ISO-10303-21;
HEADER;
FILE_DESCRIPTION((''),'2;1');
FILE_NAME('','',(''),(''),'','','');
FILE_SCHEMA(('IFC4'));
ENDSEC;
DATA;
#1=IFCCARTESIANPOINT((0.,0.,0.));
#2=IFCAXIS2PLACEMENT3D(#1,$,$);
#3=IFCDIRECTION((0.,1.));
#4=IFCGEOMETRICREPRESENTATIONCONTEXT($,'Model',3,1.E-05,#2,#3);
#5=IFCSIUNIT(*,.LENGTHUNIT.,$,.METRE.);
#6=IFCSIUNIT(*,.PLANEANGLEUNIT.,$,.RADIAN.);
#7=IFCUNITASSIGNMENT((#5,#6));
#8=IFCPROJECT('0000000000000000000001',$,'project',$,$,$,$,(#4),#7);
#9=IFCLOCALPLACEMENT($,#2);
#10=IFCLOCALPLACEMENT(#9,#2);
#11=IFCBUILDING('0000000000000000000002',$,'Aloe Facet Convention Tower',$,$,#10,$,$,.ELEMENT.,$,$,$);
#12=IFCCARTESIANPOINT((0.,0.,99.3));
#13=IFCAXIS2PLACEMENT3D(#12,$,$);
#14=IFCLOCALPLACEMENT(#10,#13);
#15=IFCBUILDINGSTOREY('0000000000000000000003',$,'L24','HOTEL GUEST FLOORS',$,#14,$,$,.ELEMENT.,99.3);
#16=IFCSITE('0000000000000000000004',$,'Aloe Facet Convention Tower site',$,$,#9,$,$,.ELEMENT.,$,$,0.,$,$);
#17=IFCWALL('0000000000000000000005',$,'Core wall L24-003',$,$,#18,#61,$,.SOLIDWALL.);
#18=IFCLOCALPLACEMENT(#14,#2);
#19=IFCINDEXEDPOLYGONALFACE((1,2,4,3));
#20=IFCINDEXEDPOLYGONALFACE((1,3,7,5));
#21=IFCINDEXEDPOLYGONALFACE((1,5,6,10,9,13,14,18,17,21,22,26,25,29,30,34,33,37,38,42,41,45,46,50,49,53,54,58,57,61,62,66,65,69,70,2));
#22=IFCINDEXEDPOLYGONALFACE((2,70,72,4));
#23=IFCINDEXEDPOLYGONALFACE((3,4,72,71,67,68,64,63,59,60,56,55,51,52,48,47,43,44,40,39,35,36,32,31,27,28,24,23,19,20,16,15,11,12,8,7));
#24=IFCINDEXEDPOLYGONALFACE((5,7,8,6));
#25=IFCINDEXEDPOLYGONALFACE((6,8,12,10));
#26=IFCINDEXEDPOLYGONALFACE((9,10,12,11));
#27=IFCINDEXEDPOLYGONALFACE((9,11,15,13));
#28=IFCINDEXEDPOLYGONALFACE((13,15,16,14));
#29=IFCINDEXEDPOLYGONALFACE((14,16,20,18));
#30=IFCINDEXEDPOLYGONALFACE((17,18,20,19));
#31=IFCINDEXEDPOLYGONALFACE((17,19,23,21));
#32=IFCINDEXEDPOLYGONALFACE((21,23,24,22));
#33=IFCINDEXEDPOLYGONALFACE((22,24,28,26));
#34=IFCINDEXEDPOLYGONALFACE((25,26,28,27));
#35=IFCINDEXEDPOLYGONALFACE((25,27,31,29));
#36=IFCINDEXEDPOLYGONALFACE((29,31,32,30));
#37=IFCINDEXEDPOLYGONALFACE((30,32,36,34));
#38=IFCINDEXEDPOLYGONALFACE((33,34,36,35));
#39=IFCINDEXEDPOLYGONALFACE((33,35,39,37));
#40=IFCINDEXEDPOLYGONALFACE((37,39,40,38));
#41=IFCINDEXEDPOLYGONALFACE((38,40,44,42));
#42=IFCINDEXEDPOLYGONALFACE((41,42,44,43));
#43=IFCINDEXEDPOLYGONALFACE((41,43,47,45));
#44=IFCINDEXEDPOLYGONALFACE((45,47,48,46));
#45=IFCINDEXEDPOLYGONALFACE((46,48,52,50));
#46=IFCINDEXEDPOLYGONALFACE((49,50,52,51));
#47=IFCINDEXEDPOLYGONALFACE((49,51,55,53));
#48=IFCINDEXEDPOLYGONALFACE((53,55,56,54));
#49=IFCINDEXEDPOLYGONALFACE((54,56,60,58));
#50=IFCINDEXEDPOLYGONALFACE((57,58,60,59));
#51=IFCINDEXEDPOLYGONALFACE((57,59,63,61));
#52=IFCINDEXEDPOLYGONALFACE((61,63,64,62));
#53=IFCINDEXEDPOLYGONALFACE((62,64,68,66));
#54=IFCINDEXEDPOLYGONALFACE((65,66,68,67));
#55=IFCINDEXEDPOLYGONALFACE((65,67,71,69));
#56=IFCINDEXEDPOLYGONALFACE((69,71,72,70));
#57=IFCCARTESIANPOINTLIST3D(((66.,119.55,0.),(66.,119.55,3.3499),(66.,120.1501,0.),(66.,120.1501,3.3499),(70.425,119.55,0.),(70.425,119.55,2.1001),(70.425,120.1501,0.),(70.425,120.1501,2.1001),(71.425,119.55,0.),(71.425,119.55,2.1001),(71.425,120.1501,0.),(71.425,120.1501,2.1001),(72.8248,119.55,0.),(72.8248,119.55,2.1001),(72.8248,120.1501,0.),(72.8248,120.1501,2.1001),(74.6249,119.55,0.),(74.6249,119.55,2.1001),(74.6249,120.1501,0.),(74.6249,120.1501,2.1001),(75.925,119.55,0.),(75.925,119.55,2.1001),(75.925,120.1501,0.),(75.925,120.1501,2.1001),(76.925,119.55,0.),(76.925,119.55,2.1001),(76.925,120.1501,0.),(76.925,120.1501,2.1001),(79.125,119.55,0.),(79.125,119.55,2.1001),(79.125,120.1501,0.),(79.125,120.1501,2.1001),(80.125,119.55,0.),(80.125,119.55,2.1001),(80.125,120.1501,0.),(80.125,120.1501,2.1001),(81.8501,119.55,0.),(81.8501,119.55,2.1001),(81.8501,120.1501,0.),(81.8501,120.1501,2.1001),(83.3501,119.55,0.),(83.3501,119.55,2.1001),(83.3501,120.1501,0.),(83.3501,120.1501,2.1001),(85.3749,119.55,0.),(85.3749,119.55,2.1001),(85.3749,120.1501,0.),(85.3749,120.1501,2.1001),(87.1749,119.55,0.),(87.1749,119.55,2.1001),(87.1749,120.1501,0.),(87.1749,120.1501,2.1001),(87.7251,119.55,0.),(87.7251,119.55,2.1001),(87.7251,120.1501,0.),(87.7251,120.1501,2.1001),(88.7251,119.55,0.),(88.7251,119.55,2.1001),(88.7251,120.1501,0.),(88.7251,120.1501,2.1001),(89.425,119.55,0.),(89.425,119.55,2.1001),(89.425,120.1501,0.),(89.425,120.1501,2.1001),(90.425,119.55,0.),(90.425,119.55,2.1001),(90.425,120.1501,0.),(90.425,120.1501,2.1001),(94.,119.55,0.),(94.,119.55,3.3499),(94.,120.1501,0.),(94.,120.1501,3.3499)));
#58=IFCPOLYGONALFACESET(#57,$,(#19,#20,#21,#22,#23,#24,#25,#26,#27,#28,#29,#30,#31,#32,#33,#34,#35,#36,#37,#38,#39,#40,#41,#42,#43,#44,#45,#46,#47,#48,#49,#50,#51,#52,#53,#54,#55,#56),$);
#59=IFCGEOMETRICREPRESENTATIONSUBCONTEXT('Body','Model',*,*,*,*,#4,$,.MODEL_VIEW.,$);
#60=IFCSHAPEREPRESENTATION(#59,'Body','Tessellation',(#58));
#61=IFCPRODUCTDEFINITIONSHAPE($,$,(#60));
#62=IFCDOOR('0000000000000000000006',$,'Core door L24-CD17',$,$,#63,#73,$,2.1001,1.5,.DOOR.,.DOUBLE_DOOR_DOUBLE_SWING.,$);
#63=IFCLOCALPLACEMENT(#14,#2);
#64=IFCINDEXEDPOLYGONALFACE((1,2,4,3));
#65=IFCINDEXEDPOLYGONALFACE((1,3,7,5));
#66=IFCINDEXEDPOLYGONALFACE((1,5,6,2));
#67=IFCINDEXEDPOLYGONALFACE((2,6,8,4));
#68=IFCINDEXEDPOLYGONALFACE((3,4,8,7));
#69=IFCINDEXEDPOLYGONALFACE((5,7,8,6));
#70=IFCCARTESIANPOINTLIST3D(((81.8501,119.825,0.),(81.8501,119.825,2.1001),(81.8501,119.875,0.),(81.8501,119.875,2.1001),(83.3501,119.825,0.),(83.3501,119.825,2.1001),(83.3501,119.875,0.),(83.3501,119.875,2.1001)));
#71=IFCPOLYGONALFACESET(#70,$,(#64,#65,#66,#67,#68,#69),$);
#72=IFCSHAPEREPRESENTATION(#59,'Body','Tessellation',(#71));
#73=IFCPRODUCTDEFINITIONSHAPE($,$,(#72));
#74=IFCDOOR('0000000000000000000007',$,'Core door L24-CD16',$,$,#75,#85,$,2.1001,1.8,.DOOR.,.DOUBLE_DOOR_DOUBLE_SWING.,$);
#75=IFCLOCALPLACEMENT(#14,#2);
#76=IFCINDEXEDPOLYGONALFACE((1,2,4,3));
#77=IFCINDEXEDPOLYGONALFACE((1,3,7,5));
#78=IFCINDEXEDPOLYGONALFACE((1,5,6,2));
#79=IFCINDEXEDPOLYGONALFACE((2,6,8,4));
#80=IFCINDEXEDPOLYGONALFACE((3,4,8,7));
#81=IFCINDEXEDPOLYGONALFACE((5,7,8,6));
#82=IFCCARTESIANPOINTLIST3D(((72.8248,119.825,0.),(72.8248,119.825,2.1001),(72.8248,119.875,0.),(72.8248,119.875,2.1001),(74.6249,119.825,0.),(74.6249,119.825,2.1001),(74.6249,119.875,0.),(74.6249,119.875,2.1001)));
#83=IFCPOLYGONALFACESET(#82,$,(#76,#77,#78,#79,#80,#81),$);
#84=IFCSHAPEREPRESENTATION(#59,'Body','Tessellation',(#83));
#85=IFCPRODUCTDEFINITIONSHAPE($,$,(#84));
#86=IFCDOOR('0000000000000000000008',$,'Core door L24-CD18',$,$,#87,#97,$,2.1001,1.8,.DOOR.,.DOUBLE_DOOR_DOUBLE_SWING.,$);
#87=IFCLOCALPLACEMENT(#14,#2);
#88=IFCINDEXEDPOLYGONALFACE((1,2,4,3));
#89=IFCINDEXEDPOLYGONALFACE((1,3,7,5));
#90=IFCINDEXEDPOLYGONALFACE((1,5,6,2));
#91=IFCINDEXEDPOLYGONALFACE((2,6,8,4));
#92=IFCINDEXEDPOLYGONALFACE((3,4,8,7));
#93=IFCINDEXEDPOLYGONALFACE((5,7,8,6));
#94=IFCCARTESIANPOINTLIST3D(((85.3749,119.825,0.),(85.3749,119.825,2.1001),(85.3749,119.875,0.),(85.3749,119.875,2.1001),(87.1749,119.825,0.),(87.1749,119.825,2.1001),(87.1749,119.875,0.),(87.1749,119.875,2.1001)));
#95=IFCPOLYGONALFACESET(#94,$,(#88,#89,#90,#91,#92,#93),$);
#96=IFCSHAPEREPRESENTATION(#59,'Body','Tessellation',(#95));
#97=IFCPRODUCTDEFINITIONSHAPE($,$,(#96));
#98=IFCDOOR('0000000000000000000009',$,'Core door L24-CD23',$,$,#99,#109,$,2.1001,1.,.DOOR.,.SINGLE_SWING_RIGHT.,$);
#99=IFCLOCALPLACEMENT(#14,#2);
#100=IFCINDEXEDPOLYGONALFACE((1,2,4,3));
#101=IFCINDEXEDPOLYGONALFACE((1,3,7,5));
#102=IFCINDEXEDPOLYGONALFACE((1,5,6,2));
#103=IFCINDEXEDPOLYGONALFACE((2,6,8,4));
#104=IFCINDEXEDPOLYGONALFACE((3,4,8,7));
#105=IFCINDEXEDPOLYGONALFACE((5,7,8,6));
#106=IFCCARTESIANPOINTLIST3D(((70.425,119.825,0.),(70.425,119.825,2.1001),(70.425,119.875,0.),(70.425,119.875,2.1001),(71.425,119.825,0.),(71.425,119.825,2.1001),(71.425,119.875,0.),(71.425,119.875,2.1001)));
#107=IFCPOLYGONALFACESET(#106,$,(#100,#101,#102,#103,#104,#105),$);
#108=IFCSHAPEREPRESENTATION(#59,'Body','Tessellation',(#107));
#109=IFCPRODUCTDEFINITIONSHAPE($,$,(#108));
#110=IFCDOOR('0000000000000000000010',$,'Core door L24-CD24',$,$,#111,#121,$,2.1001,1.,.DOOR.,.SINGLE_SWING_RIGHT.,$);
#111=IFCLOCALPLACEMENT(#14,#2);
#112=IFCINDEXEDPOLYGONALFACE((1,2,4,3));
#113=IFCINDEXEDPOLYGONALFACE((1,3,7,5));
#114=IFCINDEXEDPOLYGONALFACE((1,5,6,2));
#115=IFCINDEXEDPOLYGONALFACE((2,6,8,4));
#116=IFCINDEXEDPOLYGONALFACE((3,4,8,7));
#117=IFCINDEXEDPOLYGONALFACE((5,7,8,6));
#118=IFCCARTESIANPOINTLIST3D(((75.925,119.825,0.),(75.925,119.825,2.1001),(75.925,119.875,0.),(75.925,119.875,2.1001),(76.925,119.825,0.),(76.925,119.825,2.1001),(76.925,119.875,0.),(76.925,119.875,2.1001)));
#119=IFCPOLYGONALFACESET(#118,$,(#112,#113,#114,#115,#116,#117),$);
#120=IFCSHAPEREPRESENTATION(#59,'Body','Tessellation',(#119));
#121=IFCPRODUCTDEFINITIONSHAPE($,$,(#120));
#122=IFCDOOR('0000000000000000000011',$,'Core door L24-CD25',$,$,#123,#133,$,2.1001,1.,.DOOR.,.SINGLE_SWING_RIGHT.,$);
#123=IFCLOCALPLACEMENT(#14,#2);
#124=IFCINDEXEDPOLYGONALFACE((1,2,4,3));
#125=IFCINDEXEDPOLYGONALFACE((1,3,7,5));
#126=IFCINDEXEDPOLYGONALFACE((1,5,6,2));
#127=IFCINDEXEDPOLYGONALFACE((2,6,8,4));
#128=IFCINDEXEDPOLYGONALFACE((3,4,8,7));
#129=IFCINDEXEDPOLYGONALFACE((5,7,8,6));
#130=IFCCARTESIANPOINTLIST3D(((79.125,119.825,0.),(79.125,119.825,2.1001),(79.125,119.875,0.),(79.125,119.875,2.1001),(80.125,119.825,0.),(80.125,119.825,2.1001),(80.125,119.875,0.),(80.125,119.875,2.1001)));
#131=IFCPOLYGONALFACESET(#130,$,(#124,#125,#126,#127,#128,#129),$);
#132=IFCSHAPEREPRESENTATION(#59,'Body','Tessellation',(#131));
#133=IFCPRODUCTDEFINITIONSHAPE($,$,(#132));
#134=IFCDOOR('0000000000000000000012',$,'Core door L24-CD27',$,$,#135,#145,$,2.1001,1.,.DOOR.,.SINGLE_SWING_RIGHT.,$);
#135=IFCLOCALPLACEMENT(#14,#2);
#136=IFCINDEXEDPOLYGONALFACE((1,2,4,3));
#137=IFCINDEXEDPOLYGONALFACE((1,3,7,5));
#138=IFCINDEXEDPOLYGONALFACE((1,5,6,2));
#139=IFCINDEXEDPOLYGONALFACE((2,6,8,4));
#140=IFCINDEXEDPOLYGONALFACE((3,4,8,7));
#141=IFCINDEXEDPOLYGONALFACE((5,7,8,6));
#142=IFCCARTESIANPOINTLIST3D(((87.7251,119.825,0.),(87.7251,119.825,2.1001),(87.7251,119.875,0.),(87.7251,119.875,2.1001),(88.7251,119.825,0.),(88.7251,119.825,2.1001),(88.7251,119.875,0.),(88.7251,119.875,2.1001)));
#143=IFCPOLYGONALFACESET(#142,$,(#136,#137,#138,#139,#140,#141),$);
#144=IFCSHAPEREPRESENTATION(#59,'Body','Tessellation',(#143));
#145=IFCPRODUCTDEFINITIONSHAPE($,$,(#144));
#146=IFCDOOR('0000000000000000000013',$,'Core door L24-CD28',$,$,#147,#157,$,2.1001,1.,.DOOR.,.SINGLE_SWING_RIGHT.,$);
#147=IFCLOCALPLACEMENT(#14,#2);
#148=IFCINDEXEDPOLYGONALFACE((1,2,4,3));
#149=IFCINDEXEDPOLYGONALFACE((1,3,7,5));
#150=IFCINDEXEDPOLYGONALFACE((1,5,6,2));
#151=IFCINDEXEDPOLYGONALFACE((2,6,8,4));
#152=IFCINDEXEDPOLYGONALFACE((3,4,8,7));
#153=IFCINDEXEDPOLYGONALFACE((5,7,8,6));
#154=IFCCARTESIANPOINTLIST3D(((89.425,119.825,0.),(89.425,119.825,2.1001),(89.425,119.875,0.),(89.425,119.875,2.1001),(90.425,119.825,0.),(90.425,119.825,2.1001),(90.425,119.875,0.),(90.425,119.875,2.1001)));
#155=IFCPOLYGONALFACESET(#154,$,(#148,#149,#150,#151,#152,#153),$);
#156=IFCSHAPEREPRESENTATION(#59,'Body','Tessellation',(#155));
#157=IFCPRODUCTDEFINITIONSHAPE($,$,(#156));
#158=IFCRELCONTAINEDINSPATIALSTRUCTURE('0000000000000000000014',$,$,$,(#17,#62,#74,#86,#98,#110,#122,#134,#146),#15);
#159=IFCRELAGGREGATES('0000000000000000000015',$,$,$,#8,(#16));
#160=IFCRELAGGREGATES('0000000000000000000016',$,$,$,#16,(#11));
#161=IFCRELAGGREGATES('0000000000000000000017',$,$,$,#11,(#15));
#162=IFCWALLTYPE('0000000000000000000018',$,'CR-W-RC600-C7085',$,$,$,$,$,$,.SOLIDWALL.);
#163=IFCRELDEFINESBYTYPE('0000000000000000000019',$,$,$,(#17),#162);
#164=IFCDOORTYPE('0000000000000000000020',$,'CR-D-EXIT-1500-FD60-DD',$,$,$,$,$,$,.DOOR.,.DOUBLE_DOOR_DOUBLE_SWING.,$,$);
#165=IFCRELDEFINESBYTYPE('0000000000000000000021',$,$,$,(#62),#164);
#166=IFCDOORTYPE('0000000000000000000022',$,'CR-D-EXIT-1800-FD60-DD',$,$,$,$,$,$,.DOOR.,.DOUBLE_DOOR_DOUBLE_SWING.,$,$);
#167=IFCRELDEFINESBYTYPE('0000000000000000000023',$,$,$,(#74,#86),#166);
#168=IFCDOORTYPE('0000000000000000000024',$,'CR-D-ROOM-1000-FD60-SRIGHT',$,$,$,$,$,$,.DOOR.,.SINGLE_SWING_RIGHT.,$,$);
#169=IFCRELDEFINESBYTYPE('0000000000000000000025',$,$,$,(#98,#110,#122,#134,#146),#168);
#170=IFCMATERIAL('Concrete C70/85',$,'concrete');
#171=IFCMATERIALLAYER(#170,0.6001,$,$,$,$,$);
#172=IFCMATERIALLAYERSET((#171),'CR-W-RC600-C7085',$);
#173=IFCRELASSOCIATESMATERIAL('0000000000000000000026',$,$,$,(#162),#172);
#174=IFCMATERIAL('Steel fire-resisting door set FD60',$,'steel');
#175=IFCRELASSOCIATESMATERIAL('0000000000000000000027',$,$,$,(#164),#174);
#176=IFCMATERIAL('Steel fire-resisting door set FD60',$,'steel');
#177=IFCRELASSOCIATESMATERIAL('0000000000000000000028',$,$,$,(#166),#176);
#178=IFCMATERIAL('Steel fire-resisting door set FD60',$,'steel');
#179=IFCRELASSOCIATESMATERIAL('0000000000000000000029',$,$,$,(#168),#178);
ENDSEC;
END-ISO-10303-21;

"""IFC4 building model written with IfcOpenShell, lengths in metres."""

from ifc_helpers import new_model, si_unit, direction, frame, frame_2d, origin, place, context, subcontext, project, spatial, rectangle, extrude, material, layer, layer_set, type_object, element, fill, save


model = new_model("IFC4")

# Units and contexts
model_context = context("Model", 3, precision=1e-05, world=origin(), true_north=direction((0.0, 1.0)))
body_context = subcontext(model_context, "Body", "Model", "MODEL_VIEW")
ifc_project = project(units=[si_unit("LENGTHUNIT", "METRE"), si_unit("PLANEANGLEUNIT", "RADIAN")], contexts=[model_context])

# Site, building, storey
site_placement = place(None, origin())
site = spatial("IfcSite", under=ifc_project, at=site_placement, Name="Aloe Facet Convention Tower site", CompositionType="ELEMENT", RefElevation=0.0)
building_placement = place(site_placement, origin())
building = spatial("IfcBuilding", under=site, at=building_placement, Name="Aloe Facet Convention Tower", CompositionType="ELEMENT")
storey_placement = place(building_placement, frame((0.0, 0.0, 99.3)))
storey = spatial("IfcBuildingStorey", under=building, at=storey_placement, Name="L24", Description="HOTEL GUEST FLOORS", CompositionType="ELEMENT", Elevation=99.3)

# Wall, openings, doors
ifc_material_1 = material(Name="Concrete C70/85", Category="concrete")
ifc_layer_1 = layer(ifc_material_1, 0.6001)
ifc_layer_set_1 = layer_set([ifc_layer_1], Name="CR-W-RC600-C7085")
wall_type_1 = type_object("IfcWallType", Name="CR-W-RC600-C7085", PredefinedType="SOLIDWALL", material=ifc_layer_set_1)
wall_1_placement = place(storey_placement, frame((66.0, 119.8501, 0.0), z_axis=(0.0, 0.0, 1.0), x_axis=(1.0, 0.0, 0.0)))
wall_1 = element("IfcWall", 1, at=wall_1_placement, inside=storey, type_object=wall_type_1, Name="Core wall L24-003", PredefinedType="SOLIDWALL", context=body_context, shape_type="SweptSolid", body=[
    extrude(rectangle(XDim=28.0, YDim=0.6001, at=frame_2d((14.0, 0.0))), origin(), (0.0, 0.0, 1.0), 3.3499),
])
opening_1_placement = place(wall_1_placement, frame((6.825, 0.0, 0.0)))
opening_1 = element("IfcOpeningElement", 2, at=opening_1_placement, cuts=wall_1, PredefinedType="OPENING", context=body_context, shape_type="SweptSolid", body=[
    extrude(rectangle(XDim=1.8, YDim=2.1001, at=frame_2d((0.8999, 1.05))), frame((0.0, 0.3101, 0.0), z_axis=(0.0, -1.0, 0.0), x_axis=(1.0, 0.0, 0.0)), (0.0, 0.0, 1.0), 0.6201),
])
opening_2_placement = place(wall_1_placement, frame((15.8501, 0.0, 0.0)))
opening_2 = element("IfcOpeningElement", 3, at=opening_2_placement, cuts=wall_1, PredefinedType="OPENING", context=body_context, shape_type="SweptSolid", body=[
    extrude(rectangle(XDim=1.5, YDim=2.1001, at=frame_2d((0.75, 1.05))), frame((0.0, 0.3101, 0.0), z_axis=(0.0, -1.0, 0.0), x_axis=(1.0, 0.0, 0.0)), (0.0, 0.0, 1.0), 0.6201),
])
opening_3_placement = place(wall_1_placement, frame((19.375, 0.0, 0.0)))
opening_3 = element("IfcOpeningElement", 4, at=opening_3_placement, cuts=wall_1, PredefinedType="OPENING", context=body_context, shape_type="SweptSolid", body=[
    extrude(rectangle(XDim=1.8, YDim=2.1001, at=frame_2d((0.8999, 1.05))), frame((0.0, 0.3101, 0.0), z_axis=(0.0, -1.0, 0.0), x_axis=(1.0, 0.0, 0.0)), (0.0, 0.0, 1.0), 0.6201),
])
opening_4_placement = place(wall_1_placement, frame((4.425, 0.0, 0.0)))
opening_4 = element("IfcOpeningElement", 5, at=opening_4_placement, cuts=wall_1, PredefinedType="OPENING", context=body_context, shape_type="SweptSolid", body=[
    extrude(rectangle(XDim=1.0, YDim=2.1001, at=frame_2d((0.5, 1.05))), frame((0.0, 0.3101, 0.0), z_axis=(0.0, -1.0, 0.0), x_axis=(1.0, 0.0, 0.0)), (0.0, 0.0, 1.0), 0.6201),
])
opening_5_placement = place(wall_1_placement, frame((9.925, 0.0, 0.0)))
opening_5 = element("IfcOpeningElement", 6, at=opening_5_placement, cuts=wall_1, PredefinedType="OPENING", context=body_context, shape_type="SweptSolid", body=[
    extrude(rectangle(XDim=1.0, YDim=2.1001, at=frame_2d((0.5, 1.05))), frame((0.0, 0.3101, 0.0), z_axis=(0.0, -1.0, 0.0), x_axis=(1.0, 0.0, 0.0)), (0.0, 0.0, 1.0), 0.6201),
])
opening_6_placement = place(wall_1_placement, frame((13.125, 0.0, 0.0)))
opening_6 = element("IfcOpeningElement", 7, at=opening_6_placement, cuts=wall_1, PredefinedType="OPENING", context=body_context, shape_type="SweptSolid", body=[
    extrude(rectangle(XDim=1.0, YDim=2.1001, at=frame_2d((0.5, 1.05))), frame((0.0, 0.3101, 0.0), z_axis=(0.0, -1.0, 0.0), x_axis=(1.0, 0.0, 0.0)), (0.0, 0.0, 1.0), 0.6201),
])
opening_7_placement = place(wall_1_placement, frame((21.7251, 0.0, 0.0)))
opening_7 = element("IfcOpeningElement", 8, at=opening_7_placement, cuts=wall_1, PredefinedType="OPENING", context=body_context, shape_type="SweptSolid", body=[
    extrude(rectangle(XDim=1.0, YDim=2.1001, at=frame_2d((0.5, 1.05))), frame((0.0, 0.3101, 0.0), z_axis=(0.0, -1.0, 0.0), x_axis=(1.0, 0.0, 0.0)), (0.0, 0.0, 1.0), 0.6201),
])
opening_8_placement = place(wall_1_placement, frame((23.425, 0.0, 0.0)))
opening_8 = element("IfcOpeningElement", 9, at=opening_8_placement, cuts=wall_1, PredefinedType="OPENING", context=body_context, shape_type="SweptSolid", body=[
    extrude(rectangle(XDim=1.0, YDim=2.1001, at=frame_2d((0.5, 1.05))), frame((0.0, 0.3101, 0.0), z_axis=(0.0, -1.0, 0.0), x_axis=(1.0, 0.0, 0.0)), (0.0, 0.0, 1.0), 0.6201),
])
ifc_material_2 = material(Name="Steel fire-resisting door set FD60", Category="steel")
door_type_1 = type_object("IfcDoorType", Name="CR-D-EXIT-1500-FD60-DD", OperationType="DOUBLE_DOOR_DOUBLE_SWING", PredefinedType="DOOR", material=ifc_material_2)
door_1_placement = place(opening_2_placement, origin())
door_1 = element("IfcDoor", 10, at=door_1_placement, inside=storey, type_object=door_type_1, Name="Core door L24-CD17", OperationType="DOUBLE_DOOR_DOUBLE_SWING", OverallHeight=2.1001, OverallWidth=1.5, PredefinedType="DOOR", context=body_context, shape_type="SweptSolid", body=[
    extrude(rectangle(XDim=1.5, YDim=2.1001, at=frame_2d((0.75, 1.05))), frame((0.0, 0.0249, 0.0), z_axis=(0.0, -1.0, 0.0), x_axis=(1.0, 0.0, 0.0)), (0.0, 0.0, 1.0), 0.05),
])
fill(opening_2, door_1)
ifc_material_3 = material(Name="Steel fire-resisting door set FD60", Category="steel")
door_type_2 = type_object("IfcDoorType", Name="CR-D-EXIT-1800-FD60-DD", OperationType="DOUBLE_DOOR_DOUBLE_SWING", PredefinedType="DOOR", material=ifc_material_3)
door_2_placement = place(opening_1_placement, origin())
door_2 = element("IfcDoor", 11, at=door_2_placement, inside=storey, type_object=door_type_2, Name="Core door L24-CD16", OperationType="DOUBLE_DOOR_DOUBLE_SWING", OverallHeight=2.1001, OverallWidth=1.8, PredefinedType="DOOR", context=body_context, shape_type="SweptSolid", body=[
    extrude(rectangle(XDim=1.8, YDim=2.1001, at=frame_2d((0.8999, 1.05))), frame((0.0, 0.0249, 0.0), z_axis=(0.0, -1.0, 0.0), x_axis=(1.0, 0.0, 0.0)), (0.0, 0.0, 1.0), 0.05),
])
fill(opening_1, door_2)
door_3_placement = place(opening_3_placement, origin())
door_3 = element("IfcDoor", 12, at=door_3_placement, inside=storey, type_object=door_type_2, Name="Core door L24-CD18", OperationType="DOUBLE_DOOR_DOUBLE_SWING", OverallHeight=2.1001, OverallWidth=1.8, PredefinedType="DOOR", context=body_context, shape_type="SweptSolid", body=[
    extrude(rectangle(XDim=1.8, YDim=2.1001, at=frame_2d((0.8999, 1.05))), frame((0.0, 0.0249, 0.0), z_axis=(0.0, -1.0, 0.0), x_axis=(1.0, 0.0, 0.0)), (0.0, 0.0, 1.0), 0.05),
])
fill(opening_3, door_3)
ifc_material_4 = material(Name="Steel fire-resisting door set FD60", Category="steel")
door_type_3 = type_object("IfcDoorType", Name="CR-D-ROOM-1000-FD60-SRIGHT", OperationType="SINGLE_SWING_RIGHT", PredefinedType="DOOR", material=ifc_material_4)
door_4_placement = place(opening_4_placement, origin())
door_4 = element("IfcDoor", 13, at=door_4_placement, inside=storey, type_object=door_type_3, Name="Core door L24-CD23", OperationType="SINGLE_SWING_RIGHT", OverallHeight=2.1001, OverallWidth=1.0, PredefinedType="DOOR", context=body_context, shape_type="SweptSolid", body=[
    extrude(rectangle(XDim=1.0, YDim=2.1001, at=frame_2d((0.5, 1.05))), frame((0.0, 0.0249, 0.0), z_axis=(0.0, -1.0, 0.0), x_axis=(1.0, 0.0, 0.0)), (0.0, 0.0, 1.0), 0.05),
])
fill(opening_4, door_4)
door_5_placement = place(opening_5_placement, origin())
door_5 = element("IfcDoor", 14, at=door_5_placement, inside=storey, type_object=door_type_3, Name="Core door L24-CD24", OperationType="SINGLE_SWING_RIGHT", OverallHeight=2.1001, OverallWidth=1.0, PredefinedType="DOOR", context=body_context, shape_type="SweptSolid", body=[
    extrude(rectangle(XDim=1.0, YDim=2.1001, at=frame_2d((0.5, 1.05))), frame((0.0, 0.0249, 0.0), z_axis=(0.0, -1.0, 0.0), x_axis=(1.0, 0.0, 0.0)), (0.0, 0.0, 1.0), 0.05),
])
fill(opening_5, door_5)
door_6_placement = place(opening_6_placement, origin())
door_6 = element("IfcDoor", 15, at=door_6_placement, inside=storey, type_object=door_type_3, Name="Core door L24-CD25", OperationType="SINGLE_SWING_RIGHT", OverallHeight=2.1001, OverallWidth=1.0, PredefinedType="DOOR", context=body_context, shape_type="SweptSolid", body=[
    extrude(rectangle(XDim=1.0, YDim=2.1001, at=frame_2d((0.5, 1.05))), frame((0.0, 0.0249, 0.0), z_axis=(0.0, -1.0, 0.0), x_axis=(1.0, 0.0, 0.0)), (0.0, 0.0, 1.0), 0.05),
])
fill(opening_6, door_6)
door_7_placement = place(opening_7_placement, origin())
door_7 = element("IfcDoor", 16, at=door_7_placement, inside=storey, type_object=door_type_3, Name="Core door L24-CD27", OperationType="SINGLE_SWING_RIGHT", OverallHeight=2.1001, OverallWidth=1.0, PredefinedType="DOOR", context=body_context, shape_type="SweptSolid", body=[
    extrude(rectangle(XDim=1.0, YDim=2.1001, at=frame_2d((0.5, 1.05))), frame((0.0, 0.0249, 0.0), z_axis=(0.0, -1.0, 0.0), x_axis=(1.0, 0.0, 0.0)), (0.0, 0.0, 1.0), 0.05),
])
fill(opening_7, door_7)
door_8_placement = place(opening_8_placement, origin())
door_8 = element("IfcDoor", 17, at=door_8_placement, inside=storey, type_object=door_type_3, Name="Core door L24-CD28", OperationType="SINGLE_SWING_RIGHT", OverallHeight=2.1001, OverallWidth=1.0, PredefinedType="DOOR", context=body_context, shape_type="SweptSolid", body=[
    extrude(rectangle(XDim=1.0, YDim=2.1001, at=frame_2d((0.5, 1.05))), frame((0.0, 0.0249, 0.0), z_axis=(0.0, -1.0, 0.0), x_axis=(1.0, 0.0, 0.0)), (0.0, 0.0, 1.0), 0.05),
])
fill(opening_8, door_8)

save(model, "model.ifc")
